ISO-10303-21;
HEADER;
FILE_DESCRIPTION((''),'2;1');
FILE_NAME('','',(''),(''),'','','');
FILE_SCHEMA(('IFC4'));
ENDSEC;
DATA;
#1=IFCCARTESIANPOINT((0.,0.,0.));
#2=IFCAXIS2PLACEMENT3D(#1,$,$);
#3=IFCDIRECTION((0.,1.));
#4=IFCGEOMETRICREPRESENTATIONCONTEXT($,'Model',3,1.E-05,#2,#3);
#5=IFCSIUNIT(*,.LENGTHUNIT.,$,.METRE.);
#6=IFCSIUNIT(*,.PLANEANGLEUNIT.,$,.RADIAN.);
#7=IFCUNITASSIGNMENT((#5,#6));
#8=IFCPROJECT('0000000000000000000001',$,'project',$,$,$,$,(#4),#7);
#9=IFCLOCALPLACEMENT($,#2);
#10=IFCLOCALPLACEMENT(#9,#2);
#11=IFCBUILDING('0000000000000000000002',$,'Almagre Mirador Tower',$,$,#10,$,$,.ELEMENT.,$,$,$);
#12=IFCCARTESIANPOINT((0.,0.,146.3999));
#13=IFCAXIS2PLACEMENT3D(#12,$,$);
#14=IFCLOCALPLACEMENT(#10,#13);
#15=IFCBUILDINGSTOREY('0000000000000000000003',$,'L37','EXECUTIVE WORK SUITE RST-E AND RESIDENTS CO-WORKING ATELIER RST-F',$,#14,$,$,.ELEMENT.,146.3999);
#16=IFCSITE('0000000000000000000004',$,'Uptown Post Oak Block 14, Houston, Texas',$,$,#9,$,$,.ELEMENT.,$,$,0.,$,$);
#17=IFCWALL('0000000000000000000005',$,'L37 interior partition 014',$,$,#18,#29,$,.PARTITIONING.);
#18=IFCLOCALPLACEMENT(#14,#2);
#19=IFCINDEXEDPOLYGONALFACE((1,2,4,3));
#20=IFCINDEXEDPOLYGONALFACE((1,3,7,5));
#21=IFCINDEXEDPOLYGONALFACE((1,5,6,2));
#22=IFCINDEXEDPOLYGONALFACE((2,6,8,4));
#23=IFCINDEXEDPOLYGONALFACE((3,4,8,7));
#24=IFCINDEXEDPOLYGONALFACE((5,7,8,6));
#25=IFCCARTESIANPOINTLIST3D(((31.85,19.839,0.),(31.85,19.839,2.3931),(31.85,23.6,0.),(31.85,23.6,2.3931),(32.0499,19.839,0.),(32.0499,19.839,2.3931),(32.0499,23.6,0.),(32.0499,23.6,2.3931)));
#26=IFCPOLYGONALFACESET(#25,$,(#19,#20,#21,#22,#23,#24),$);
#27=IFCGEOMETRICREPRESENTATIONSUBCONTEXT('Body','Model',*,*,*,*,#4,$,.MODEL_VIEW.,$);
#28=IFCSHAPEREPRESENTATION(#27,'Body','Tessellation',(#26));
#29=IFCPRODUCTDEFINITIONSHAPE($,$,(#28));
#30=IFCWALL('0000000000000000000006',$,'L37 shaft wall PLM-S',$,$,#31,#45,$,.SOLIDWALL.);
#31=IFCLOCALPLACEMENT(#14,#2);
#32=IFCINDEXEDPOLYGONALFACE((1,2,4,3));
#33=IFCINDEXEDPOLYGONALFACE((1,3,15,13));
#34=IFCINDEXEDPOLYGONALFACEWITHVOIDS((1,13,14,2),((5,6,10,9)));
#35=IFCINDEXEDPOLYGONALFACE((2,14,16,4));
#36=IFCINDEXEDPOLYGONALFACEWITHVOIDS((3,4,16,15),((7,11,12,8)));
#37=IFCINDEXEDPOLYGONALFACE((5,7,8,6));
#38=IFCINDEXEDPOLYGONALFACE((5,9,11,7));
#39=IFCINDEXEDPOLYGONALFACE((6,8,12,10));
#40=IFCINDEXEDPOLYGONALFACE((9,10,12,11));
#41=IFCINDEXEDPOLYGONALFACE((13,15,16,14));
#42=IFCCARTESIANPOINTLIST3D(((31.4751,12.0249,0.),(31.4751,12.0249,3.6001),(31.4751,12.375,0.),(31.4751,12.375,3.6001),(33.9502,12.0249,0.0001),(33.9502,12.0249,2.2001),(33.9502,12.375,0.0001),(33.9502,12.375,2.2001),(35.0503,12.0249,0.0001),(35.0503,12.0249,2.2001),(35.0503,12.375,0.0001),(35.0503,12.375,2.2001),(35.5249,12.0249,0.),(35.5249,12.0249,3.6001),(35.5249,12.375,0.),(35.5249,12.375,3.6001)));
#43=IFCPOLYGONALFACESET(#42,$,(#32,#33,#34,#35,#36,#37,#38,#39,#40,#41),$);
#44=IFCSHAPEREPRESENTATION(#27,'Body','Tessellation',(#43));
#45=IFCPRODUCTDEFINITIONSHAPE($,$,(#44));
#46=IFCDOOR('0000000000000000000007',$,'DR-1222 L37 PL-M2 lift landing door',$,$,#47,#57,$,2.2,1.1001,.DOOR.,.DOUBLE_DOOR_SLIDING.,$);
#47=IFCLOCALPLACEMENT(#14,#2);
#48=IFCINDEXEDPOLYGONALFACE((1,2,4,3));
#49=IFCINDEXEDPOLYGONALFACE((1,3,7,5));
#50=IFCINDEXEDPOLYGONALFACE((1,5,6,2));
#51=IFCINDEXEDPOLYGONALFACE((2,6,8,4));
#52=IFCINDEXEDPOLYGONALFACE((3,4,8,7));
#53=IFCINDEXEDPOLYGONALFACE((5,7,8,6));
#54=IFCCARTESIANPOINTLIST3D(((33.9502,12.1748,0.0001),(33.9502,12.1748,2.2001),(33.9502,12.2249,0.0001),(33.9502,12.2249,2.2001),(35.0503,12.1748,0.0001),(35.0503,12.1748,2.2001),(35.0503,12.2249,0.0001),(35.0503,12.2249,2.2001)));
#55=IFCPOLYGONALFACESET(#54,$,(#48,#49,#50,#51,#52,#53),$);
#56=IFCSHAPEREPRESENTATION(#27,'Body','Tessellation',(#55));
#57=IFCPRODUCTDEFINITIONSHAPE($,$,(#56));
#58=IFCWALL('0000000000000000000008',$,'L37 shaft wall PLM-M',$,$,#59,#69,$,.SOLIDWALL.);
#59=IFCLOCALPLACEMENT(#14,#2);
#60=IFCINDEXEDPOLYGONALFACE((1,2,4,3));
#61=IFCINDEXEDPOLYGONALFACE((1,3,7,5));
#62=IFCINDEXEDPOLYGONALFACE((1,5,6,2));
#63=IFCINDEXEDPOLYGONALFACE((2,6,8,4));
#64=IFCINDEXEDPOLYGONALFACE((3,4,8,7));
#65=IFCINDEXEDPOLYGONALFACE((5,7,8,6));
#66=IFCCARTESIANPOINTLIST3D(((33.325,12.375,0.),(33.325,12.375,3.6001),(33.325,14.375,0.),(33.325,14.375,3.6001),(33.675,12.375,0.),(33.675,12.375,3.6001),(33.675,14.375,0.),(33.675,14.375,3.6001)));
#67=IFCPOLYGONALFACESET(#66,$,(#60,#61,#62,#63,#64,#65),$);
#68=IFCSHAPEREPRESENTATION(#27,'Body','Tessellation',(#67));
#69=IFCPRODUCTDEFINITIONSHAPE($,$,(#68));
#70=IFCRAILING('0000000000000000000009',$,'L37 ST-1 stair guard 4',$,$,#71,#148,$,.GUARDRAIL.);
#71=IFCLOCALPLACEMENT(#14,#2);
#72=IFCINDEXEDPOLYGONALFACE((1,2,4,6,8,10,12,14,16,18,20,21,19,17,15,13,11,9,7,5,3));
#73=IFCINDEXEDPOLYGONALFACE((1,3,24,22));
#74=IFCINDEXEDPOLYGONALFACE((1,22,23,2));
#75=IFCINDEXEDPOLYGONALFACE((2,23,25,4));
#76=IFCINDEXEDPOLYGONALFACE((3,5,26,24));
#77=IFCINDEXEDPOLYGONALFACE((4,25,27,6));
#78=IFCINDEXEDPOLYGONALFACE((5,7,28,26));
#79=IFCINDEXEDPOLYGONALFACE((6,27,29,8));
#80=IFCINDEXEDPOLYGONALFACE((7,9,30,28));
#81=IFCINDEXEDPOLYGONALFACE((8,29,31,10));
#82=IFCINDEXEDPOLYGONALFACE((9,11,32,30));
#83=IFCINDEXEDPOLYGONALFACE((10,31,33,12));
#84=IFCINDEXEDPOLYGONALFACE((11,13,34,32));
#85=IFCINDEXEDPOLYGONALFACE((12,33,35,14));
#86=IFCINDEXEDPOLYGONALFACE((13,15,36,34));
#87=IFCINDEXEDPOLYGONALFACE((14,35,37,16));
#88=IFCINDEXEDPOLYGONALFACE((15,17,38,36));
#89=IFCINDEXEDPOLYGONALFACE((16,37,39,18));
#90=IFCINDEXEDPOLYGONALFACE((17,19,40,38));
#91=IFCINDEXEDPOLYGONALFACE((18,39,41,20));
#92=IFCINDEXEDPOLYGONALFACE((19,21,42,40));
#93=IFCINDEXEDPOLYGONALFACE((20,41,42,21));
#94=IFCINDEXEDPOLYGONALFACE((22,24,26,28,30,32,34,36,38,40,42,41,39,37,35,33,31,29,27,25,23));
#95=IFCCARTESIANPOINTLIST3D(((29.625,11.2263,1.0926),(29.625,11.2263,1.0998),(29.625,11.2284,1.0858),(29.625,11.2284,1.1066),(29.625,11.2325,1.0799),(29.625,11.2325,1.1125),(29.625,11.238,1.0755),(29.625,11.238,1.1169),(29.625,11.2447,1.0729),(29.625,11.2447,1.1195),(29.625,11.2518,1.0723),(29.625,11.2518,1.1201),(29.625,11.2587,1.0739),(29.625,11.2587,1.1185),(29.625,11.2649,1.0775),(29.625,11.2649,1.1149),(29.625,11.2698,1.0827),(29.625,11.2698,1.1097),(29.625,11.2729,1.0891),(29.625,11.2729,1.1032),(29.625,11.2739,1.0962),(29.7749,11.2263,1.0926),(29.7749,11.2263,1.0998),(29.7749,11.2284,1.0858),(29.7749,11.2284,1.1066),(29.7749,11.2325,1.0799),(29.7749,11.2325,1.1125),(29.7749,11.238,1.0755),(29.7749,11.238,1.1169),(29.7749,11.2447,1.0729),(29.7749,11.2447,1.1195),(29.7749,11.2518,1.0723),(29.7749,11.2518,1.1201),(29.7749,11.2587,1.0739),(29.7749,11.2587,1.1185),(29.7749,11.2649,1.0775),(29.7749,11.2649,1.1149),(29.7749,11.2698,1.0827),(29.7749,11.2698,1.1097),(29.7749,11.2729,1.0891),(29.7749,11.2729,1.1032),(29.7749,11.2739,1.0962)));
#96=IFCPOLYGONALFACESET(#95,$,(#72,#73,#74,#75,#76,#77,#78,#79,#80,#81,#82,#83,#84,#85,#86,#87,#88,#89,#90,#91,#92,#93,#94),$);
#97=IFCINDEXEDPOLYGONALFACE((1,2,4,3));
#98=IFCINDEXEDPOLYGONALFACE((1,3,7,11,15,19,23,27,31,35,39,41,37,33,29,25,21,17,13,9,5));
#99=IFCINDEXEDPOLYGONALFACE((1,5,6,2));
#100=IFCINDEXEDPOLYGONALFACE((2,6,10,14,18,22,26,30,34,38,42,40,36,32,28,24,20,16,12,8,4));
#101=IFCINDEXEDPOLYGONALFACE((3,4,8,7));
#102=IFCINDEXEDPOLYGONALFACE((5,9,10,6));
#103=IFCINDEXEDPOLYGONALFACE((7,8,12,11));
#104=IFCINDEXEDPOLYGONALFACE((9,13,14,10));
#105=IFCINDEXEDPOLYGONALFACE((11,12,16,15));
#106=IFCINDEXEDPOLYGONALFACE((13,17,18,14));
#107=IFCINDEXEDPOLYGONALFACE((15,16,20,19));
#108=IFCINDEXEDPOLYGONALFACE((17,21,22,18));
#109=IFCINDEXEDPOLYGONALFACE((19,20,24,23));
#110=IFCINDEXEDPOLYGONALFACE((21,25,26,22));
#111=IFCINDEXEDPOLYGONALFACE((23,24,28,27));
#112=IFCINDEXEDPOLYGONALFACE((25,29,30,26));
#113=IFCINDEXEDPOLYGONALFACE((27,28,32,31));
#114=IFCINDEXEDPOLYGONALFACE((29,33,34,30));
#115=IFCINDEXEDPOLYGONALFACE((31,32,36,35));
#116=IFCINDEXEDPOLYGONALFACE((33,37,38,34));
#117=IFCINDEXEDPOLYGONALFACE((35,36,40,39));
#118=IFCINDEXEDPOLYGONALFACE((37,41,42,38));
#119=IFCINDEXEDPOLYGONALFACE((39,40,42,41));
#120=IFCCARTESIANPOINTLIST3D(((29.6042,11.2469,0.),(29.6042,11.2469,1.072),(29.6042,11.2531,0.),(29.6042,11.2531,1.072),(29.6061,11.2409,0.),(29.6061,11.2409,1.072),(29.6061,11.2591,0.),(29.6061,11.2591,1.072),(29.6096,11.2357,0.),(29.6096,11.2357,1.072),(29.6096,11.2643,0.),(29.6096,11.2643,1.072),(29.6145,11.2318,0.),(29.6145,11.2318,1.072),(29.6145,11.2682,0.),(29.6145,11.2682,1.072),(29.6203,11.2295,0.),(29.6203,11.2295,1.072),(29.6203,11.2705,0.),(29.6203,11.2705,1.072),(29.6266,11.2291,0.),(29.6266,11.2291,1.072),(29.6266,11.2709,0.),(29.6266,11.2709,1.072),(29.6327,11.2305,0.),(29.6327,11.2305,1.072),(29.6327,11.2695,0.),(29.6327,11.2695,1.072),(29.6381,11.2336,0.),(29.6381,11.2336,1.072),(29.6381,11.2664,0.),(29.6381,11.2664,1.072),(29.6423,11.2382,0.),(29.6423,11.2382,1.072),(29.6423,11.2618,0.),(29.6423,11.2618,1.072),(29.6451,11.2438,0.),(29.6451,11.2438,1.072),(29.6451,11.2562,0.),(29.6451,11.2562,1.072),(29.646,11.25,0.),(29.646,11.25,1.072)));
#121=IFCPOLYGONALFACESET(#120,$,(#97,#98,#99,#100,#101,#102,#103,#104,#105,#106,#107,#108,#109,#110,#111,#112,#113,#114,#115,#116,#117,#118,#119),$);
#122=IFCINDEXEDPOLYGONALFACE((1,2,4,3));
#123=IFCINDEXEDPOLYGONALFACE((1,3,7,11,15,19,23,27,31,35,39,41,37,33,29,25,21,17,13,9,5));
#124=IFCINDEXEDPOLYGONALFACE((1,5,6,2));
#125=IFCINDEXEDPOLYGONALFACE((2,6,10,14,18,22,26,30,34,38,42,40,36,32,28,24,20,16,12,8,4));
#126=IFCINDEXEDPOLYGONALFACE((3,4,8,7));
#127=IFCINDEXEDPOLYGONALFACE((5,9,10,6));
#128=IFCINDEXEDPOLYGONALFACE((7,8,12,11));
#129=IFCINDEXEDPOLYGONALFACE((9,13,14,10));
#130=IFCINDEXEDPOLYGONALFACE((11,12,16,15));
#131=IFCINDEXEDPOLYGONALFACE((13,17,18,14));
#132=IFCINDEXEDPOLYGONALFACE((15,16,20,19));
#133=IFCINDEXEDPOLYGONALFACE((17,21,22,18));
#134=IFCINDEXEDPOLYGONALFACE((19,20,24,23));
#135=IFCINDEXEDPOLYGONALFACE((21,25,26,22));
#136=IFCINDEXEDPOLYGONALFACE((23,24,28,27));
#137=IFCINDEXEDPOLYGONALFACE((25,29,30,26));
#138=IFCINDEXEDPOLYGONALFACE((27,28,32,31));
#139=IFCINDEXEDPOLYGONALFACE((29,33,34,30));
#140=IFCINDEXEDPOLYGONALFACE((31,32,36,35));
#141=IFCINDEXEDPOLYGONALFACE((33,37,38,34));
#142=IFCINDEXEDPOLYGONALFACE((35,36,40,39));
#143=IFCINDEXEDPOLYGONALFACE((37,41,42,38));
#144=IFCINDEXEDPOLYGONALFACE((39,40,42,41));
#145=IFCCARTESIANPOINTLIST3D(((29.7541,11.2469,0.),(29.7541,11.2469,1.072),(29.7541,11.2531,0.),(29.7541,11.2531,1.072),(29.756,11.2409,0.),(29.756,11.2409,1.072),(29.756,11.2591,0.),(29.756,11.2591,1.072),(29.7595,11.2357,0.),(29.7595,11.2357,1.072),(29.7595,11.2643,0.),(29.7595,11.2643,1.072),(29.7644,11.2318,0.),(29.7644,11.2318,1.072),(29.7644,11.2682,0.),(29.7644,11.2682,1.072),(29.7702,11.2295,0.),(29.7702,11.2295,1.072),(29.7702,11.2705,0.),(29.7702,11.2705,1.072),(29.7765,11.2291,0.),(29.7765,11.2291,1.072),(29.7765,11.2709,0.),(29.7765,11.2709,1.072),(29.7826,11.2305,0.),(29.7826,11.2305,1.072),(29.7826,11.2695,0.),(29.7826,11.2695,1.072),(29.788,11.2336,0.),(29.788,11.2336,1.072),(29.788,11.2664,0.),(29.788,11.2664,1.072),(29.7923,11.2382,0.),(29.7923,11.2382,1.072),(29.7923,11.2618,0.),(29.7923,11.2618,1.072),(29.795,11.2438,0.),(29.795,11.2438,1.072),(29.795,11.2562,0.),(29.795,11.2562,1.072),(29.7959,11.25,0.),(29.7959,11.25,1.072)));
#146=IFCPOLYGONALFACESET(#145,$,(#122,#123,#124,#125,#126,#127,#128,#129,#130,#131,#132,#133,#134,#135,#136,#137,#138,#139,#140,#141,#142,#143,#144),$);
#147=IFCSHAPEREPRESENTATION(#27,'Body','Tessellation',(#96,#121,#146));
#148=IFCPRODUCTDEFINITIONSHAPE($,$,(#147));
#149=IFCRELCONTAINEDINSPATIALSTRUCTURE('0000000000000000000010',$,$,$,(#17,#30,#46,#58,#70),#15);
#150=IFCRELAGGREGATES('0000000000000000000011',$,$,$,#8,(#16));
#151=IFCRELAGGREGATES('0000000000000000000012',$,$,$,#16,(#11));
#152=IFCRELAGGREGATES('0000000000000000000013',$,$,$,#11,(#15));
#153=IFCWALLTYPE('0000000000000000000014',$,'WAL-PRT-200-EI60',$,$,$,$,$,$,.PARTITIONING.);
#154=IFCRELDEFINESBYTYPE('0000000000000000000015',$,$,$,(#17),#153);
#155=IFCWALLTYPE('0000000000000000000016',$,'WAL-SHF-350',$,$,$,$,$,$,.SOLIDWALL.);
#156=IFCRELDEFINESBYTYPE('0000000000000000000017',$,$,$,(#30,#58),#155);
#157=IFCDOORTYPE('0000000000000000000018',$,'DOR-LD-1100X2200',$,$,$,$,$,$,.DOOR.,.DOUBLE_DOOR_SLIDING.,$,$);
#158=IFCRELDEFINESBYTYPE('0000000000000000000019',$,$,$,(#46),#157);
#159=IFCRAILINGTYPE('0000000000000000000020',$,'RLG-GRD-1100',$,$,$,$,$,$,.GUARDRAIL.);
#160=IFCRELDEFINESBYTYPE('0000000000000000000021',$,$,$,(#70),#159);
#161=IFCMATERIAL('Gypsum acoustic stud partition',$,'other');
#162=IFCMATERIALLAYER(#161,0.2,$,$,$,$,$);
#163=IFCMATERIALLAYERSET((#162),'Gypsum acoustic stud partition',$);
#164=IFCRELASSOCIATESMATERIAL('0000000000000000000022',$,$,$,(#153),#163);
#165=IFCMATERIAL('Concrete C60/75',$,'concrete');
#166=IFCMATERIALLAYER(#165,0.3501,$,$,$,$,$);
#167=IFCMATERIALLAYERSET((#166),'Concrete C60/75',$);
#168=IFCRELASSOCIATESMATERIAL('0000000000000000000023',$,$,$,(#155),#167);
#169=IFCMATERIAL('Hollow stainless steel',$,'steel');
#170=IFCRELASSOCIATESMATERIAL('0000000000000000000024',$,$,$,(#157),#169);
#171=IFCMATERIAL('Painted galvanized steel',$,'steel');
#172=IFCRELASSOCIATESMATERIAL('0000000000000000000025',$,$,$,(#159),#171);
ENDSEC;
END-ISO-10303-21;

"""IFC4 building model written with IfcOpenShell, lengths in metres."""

from ifc_helpers import new_model, si_unit, direction, frame, frame_2d, origin, origin_2d, place, context, subcontext, project, spatial, rectangle, circle, extrude, material, layer, layer_set, type_object, element, fill, save


model = new_model("IFC4")

# Units and contexts
model_context = context("Model", 3, precision=1e-05, world=origin(), true_north=direction((0.0, 1.0)))
body_context = subcontext(model_context, "Body", "Model", "MODEL_VIEW")
ifc_project = project(units=[si_unit("LENGTHUNIT", "METRE"), si_unit("PLANEANGLEUNIT", "RADIAN")], contexts=[model_context])

# Site, building, storey
site_placement = place(None, origin())
site = spatial("IfcSite", under=ifc_project, at=site_placement, Name="Uptown Post Oak Block 14, Houston, Texas", CompositionType="ELEMENT", RefElevation=0.0)
building_placement = place(site_placement, origin())
building = spatial("IfcBuilding", under=site, at=building_placement, Name="Almagre Mirador Tower", CompositionType="ELEMENT")
storey_placement = place(building_placement, frame((0.0, 0.0, 146.3999)))
storey = spatial("IfcBuildingStorey", under=building, at=storey_placement, Name="L37", Description="EXECUTIVE WORK SUITE RST-E AND RESIDENTS CO-WORKING ATELIER RST-F", CompositionType="ELEMENT", Elevation=146.3999)

# Shared definitions
ifc_material_1 = material(Name="Gypsum acoustic stud partition", Category="other")
ifc_layer_1 = layer(ifc_material_1, 0.2)
ifc_layer_set_1 = layer_set([ifc_layer_1], Name="Gypsum acoustic stud partition")
wall_type_1 = type_object("IfcWallType", Name="WAL-PRT-200-EI60", PredefinedType="PARTITIONING", material=ifc_layer_set_1)

# Wall
wall_1_placement = place(storey_placement, frame((31.95, 19.8391, 0.0), z_axis=(0.0, 0.0, 1.0), x_axis=(0.0, 1.0, 0.0)))
element("IfcWall", 1, at=wall_1_placement, inside=storey, type_object=wall_type_1, Name="L37 interior partition 014", PredefinedType="PARTITIONING", context=body_context, shape_type="SweptSolid", body=[
    extrude(rectangle(XDim=3.761, YDim=0.2, at=frame_2d((1.8804, 0.0))), origin(), (0.0, 0.0, 1.0), 2.3931),
])

# Wall, opening, door
ifc_material_2 = material(Name="Concrete C60/75", Category="concrete")
ifc_layer_2 = layer(ifc_material_2, 0.3501)
ifc_layer_set_2 = layer_set([ifc_layer_2], Name="Concrete C60/75")
wall_type_2 = type_object("IfcWallType", Name="WAL-SHF-350", PredefinedType="SOLIDWALL", material=ifc_layer_set_2)
wall_2_placement = place(storey_placement, frame((31.4751, 12.2, 0.0), z_axis=(0.0, 0.0, 1.0), x_axis=(1.0, 0.0, 0.0)))
wall_2 = element("IfcWall", 2, at=wall_2_placement, inside=storey, type_object=wall_type_2, Name="L37 shaft wall PLM-S", PredefinedType="SOLIDWALL", context=body_context, shape_type="SweptSolid", body=[
    extrude(rectangle(XDim=4.0498, YDim=0.3501, at=frame_2d((2.0249, 0.0))), origin(), (0.0, 0.0, 1.0), 3.6001),
])
opening_1_placement = place(wall_2_placement, frame((2.4751, 0.0, 0.0)))
opening_1 = element("IfcOpeningElement", 3, at=opening_1_placement, cuts=wall_2, PredefinedType="OPENING", context=body_context, shape_type="SweptSolid", body=[
    extrude(rectangle(XDim=1.1001, YDim=2.2, at=frame_2d((0.55, 1.1001))), frame((0.0, 0.185, 0.0), z_axis=(0.0, -1.0, 0.0), x_axis=(1.0, 0.0, 0.0)), (0.0, 0.0, 1.0), 0.3701),
])
ifc_material_3 = material(Name="Hollow stainless steel", Category="steel")
door_type_1 = type_object("IfcDoorType", Name="DOR-LD-1100X2200", OperationType="DOUBLE_DOOR_SLIDING", PredefinedType="DOOR", material=ifc_material_3)
door_1_placement = place(opening_1_placement, origin())
door_1 = element("IfcDoor", 4, at=door_1_placement, inside=storey, type_object=door_type_1, Name="DR-1222 L37 PL-M2 lift landing door", OperationType="DOUBLE_DOOR_SLIDING", OverallHeight=2.2, OverallWidth=1.1001, PredefinedType="DOOR", context=body_context, shape_type="SweptSolid", body=[
    extrude(rectangle(XDim=1.1001, YDim=2.2, at=frame_2d((0.55, 1.1001))), frame((0.0, 0.0249, 0.0), z_axis=(0.0, -1.0, 0.0), x_axis=(1.0, 0.0, 0.0)), (0.0, 0.0, 1.0), 0.05),
])
fill(opening_1, door_1)

# Wall
wall_3_placement = place(storey_placement, frame((33.5, 12.375, 0.0), z_axis=(0.0, 0.0, 1.0), x_axis=(0.0, 1.0, 0.0)))
element("IfcWall", 5, at=wall_3_placement, inside=storey, type_object=wall_type_2, Name="L37 shaft wall PLM-M", PredefinedType="SOLIDWALL", context=body_context, shape_type="SweptSolid", body=[
    extrude(rectangle(XDim=2.0, YDim=0.3501, at=frame_2d((1.0, 0.0))), origin(), (0.0, 0.0, 1.0), 3.6001),
])

# Railing
ifc_material_4 = material(Name="Painted galvanized steel", Category="steel")
railing_type = type_object("IfcRailingType", Name="RLG-GRD-1100", PredefinedType="GUARDRAIL", material=ifc_material_4)
railing_placement = place(storey_placement, frame((29.625, 11.25, 0.0)))
element("IfcRailing", 6, at=railing_placement, inside=storey, type_object=railing_type, Name="L37 ST-1 stair guard 4", PredefinedType="GUARDRAIL", context=body_context, shape_type="SweptSolid", body=[
    extrude(circle(Radius=0.0239, at=origin_2d()), frame((0.0, 0.0, 1.0962), z_axis=(1.0, 0.0, 0.0), x_axis=(0.0, 1.0, 0.0)), (0.0, 0.0, 1.0), 0.1499),
    extrude(circle(Radius=0.021, at=origin_2d()), origin(), (0.0, 0.0, 1.0), 1.072),
    extrude(circle(Radius=0.021, at=origin_2d()), frame((0.1499, 0.0, 0.0)), (0.0, 0.0, 1.0), 1.072),
])

save(model, "model.ifc")
